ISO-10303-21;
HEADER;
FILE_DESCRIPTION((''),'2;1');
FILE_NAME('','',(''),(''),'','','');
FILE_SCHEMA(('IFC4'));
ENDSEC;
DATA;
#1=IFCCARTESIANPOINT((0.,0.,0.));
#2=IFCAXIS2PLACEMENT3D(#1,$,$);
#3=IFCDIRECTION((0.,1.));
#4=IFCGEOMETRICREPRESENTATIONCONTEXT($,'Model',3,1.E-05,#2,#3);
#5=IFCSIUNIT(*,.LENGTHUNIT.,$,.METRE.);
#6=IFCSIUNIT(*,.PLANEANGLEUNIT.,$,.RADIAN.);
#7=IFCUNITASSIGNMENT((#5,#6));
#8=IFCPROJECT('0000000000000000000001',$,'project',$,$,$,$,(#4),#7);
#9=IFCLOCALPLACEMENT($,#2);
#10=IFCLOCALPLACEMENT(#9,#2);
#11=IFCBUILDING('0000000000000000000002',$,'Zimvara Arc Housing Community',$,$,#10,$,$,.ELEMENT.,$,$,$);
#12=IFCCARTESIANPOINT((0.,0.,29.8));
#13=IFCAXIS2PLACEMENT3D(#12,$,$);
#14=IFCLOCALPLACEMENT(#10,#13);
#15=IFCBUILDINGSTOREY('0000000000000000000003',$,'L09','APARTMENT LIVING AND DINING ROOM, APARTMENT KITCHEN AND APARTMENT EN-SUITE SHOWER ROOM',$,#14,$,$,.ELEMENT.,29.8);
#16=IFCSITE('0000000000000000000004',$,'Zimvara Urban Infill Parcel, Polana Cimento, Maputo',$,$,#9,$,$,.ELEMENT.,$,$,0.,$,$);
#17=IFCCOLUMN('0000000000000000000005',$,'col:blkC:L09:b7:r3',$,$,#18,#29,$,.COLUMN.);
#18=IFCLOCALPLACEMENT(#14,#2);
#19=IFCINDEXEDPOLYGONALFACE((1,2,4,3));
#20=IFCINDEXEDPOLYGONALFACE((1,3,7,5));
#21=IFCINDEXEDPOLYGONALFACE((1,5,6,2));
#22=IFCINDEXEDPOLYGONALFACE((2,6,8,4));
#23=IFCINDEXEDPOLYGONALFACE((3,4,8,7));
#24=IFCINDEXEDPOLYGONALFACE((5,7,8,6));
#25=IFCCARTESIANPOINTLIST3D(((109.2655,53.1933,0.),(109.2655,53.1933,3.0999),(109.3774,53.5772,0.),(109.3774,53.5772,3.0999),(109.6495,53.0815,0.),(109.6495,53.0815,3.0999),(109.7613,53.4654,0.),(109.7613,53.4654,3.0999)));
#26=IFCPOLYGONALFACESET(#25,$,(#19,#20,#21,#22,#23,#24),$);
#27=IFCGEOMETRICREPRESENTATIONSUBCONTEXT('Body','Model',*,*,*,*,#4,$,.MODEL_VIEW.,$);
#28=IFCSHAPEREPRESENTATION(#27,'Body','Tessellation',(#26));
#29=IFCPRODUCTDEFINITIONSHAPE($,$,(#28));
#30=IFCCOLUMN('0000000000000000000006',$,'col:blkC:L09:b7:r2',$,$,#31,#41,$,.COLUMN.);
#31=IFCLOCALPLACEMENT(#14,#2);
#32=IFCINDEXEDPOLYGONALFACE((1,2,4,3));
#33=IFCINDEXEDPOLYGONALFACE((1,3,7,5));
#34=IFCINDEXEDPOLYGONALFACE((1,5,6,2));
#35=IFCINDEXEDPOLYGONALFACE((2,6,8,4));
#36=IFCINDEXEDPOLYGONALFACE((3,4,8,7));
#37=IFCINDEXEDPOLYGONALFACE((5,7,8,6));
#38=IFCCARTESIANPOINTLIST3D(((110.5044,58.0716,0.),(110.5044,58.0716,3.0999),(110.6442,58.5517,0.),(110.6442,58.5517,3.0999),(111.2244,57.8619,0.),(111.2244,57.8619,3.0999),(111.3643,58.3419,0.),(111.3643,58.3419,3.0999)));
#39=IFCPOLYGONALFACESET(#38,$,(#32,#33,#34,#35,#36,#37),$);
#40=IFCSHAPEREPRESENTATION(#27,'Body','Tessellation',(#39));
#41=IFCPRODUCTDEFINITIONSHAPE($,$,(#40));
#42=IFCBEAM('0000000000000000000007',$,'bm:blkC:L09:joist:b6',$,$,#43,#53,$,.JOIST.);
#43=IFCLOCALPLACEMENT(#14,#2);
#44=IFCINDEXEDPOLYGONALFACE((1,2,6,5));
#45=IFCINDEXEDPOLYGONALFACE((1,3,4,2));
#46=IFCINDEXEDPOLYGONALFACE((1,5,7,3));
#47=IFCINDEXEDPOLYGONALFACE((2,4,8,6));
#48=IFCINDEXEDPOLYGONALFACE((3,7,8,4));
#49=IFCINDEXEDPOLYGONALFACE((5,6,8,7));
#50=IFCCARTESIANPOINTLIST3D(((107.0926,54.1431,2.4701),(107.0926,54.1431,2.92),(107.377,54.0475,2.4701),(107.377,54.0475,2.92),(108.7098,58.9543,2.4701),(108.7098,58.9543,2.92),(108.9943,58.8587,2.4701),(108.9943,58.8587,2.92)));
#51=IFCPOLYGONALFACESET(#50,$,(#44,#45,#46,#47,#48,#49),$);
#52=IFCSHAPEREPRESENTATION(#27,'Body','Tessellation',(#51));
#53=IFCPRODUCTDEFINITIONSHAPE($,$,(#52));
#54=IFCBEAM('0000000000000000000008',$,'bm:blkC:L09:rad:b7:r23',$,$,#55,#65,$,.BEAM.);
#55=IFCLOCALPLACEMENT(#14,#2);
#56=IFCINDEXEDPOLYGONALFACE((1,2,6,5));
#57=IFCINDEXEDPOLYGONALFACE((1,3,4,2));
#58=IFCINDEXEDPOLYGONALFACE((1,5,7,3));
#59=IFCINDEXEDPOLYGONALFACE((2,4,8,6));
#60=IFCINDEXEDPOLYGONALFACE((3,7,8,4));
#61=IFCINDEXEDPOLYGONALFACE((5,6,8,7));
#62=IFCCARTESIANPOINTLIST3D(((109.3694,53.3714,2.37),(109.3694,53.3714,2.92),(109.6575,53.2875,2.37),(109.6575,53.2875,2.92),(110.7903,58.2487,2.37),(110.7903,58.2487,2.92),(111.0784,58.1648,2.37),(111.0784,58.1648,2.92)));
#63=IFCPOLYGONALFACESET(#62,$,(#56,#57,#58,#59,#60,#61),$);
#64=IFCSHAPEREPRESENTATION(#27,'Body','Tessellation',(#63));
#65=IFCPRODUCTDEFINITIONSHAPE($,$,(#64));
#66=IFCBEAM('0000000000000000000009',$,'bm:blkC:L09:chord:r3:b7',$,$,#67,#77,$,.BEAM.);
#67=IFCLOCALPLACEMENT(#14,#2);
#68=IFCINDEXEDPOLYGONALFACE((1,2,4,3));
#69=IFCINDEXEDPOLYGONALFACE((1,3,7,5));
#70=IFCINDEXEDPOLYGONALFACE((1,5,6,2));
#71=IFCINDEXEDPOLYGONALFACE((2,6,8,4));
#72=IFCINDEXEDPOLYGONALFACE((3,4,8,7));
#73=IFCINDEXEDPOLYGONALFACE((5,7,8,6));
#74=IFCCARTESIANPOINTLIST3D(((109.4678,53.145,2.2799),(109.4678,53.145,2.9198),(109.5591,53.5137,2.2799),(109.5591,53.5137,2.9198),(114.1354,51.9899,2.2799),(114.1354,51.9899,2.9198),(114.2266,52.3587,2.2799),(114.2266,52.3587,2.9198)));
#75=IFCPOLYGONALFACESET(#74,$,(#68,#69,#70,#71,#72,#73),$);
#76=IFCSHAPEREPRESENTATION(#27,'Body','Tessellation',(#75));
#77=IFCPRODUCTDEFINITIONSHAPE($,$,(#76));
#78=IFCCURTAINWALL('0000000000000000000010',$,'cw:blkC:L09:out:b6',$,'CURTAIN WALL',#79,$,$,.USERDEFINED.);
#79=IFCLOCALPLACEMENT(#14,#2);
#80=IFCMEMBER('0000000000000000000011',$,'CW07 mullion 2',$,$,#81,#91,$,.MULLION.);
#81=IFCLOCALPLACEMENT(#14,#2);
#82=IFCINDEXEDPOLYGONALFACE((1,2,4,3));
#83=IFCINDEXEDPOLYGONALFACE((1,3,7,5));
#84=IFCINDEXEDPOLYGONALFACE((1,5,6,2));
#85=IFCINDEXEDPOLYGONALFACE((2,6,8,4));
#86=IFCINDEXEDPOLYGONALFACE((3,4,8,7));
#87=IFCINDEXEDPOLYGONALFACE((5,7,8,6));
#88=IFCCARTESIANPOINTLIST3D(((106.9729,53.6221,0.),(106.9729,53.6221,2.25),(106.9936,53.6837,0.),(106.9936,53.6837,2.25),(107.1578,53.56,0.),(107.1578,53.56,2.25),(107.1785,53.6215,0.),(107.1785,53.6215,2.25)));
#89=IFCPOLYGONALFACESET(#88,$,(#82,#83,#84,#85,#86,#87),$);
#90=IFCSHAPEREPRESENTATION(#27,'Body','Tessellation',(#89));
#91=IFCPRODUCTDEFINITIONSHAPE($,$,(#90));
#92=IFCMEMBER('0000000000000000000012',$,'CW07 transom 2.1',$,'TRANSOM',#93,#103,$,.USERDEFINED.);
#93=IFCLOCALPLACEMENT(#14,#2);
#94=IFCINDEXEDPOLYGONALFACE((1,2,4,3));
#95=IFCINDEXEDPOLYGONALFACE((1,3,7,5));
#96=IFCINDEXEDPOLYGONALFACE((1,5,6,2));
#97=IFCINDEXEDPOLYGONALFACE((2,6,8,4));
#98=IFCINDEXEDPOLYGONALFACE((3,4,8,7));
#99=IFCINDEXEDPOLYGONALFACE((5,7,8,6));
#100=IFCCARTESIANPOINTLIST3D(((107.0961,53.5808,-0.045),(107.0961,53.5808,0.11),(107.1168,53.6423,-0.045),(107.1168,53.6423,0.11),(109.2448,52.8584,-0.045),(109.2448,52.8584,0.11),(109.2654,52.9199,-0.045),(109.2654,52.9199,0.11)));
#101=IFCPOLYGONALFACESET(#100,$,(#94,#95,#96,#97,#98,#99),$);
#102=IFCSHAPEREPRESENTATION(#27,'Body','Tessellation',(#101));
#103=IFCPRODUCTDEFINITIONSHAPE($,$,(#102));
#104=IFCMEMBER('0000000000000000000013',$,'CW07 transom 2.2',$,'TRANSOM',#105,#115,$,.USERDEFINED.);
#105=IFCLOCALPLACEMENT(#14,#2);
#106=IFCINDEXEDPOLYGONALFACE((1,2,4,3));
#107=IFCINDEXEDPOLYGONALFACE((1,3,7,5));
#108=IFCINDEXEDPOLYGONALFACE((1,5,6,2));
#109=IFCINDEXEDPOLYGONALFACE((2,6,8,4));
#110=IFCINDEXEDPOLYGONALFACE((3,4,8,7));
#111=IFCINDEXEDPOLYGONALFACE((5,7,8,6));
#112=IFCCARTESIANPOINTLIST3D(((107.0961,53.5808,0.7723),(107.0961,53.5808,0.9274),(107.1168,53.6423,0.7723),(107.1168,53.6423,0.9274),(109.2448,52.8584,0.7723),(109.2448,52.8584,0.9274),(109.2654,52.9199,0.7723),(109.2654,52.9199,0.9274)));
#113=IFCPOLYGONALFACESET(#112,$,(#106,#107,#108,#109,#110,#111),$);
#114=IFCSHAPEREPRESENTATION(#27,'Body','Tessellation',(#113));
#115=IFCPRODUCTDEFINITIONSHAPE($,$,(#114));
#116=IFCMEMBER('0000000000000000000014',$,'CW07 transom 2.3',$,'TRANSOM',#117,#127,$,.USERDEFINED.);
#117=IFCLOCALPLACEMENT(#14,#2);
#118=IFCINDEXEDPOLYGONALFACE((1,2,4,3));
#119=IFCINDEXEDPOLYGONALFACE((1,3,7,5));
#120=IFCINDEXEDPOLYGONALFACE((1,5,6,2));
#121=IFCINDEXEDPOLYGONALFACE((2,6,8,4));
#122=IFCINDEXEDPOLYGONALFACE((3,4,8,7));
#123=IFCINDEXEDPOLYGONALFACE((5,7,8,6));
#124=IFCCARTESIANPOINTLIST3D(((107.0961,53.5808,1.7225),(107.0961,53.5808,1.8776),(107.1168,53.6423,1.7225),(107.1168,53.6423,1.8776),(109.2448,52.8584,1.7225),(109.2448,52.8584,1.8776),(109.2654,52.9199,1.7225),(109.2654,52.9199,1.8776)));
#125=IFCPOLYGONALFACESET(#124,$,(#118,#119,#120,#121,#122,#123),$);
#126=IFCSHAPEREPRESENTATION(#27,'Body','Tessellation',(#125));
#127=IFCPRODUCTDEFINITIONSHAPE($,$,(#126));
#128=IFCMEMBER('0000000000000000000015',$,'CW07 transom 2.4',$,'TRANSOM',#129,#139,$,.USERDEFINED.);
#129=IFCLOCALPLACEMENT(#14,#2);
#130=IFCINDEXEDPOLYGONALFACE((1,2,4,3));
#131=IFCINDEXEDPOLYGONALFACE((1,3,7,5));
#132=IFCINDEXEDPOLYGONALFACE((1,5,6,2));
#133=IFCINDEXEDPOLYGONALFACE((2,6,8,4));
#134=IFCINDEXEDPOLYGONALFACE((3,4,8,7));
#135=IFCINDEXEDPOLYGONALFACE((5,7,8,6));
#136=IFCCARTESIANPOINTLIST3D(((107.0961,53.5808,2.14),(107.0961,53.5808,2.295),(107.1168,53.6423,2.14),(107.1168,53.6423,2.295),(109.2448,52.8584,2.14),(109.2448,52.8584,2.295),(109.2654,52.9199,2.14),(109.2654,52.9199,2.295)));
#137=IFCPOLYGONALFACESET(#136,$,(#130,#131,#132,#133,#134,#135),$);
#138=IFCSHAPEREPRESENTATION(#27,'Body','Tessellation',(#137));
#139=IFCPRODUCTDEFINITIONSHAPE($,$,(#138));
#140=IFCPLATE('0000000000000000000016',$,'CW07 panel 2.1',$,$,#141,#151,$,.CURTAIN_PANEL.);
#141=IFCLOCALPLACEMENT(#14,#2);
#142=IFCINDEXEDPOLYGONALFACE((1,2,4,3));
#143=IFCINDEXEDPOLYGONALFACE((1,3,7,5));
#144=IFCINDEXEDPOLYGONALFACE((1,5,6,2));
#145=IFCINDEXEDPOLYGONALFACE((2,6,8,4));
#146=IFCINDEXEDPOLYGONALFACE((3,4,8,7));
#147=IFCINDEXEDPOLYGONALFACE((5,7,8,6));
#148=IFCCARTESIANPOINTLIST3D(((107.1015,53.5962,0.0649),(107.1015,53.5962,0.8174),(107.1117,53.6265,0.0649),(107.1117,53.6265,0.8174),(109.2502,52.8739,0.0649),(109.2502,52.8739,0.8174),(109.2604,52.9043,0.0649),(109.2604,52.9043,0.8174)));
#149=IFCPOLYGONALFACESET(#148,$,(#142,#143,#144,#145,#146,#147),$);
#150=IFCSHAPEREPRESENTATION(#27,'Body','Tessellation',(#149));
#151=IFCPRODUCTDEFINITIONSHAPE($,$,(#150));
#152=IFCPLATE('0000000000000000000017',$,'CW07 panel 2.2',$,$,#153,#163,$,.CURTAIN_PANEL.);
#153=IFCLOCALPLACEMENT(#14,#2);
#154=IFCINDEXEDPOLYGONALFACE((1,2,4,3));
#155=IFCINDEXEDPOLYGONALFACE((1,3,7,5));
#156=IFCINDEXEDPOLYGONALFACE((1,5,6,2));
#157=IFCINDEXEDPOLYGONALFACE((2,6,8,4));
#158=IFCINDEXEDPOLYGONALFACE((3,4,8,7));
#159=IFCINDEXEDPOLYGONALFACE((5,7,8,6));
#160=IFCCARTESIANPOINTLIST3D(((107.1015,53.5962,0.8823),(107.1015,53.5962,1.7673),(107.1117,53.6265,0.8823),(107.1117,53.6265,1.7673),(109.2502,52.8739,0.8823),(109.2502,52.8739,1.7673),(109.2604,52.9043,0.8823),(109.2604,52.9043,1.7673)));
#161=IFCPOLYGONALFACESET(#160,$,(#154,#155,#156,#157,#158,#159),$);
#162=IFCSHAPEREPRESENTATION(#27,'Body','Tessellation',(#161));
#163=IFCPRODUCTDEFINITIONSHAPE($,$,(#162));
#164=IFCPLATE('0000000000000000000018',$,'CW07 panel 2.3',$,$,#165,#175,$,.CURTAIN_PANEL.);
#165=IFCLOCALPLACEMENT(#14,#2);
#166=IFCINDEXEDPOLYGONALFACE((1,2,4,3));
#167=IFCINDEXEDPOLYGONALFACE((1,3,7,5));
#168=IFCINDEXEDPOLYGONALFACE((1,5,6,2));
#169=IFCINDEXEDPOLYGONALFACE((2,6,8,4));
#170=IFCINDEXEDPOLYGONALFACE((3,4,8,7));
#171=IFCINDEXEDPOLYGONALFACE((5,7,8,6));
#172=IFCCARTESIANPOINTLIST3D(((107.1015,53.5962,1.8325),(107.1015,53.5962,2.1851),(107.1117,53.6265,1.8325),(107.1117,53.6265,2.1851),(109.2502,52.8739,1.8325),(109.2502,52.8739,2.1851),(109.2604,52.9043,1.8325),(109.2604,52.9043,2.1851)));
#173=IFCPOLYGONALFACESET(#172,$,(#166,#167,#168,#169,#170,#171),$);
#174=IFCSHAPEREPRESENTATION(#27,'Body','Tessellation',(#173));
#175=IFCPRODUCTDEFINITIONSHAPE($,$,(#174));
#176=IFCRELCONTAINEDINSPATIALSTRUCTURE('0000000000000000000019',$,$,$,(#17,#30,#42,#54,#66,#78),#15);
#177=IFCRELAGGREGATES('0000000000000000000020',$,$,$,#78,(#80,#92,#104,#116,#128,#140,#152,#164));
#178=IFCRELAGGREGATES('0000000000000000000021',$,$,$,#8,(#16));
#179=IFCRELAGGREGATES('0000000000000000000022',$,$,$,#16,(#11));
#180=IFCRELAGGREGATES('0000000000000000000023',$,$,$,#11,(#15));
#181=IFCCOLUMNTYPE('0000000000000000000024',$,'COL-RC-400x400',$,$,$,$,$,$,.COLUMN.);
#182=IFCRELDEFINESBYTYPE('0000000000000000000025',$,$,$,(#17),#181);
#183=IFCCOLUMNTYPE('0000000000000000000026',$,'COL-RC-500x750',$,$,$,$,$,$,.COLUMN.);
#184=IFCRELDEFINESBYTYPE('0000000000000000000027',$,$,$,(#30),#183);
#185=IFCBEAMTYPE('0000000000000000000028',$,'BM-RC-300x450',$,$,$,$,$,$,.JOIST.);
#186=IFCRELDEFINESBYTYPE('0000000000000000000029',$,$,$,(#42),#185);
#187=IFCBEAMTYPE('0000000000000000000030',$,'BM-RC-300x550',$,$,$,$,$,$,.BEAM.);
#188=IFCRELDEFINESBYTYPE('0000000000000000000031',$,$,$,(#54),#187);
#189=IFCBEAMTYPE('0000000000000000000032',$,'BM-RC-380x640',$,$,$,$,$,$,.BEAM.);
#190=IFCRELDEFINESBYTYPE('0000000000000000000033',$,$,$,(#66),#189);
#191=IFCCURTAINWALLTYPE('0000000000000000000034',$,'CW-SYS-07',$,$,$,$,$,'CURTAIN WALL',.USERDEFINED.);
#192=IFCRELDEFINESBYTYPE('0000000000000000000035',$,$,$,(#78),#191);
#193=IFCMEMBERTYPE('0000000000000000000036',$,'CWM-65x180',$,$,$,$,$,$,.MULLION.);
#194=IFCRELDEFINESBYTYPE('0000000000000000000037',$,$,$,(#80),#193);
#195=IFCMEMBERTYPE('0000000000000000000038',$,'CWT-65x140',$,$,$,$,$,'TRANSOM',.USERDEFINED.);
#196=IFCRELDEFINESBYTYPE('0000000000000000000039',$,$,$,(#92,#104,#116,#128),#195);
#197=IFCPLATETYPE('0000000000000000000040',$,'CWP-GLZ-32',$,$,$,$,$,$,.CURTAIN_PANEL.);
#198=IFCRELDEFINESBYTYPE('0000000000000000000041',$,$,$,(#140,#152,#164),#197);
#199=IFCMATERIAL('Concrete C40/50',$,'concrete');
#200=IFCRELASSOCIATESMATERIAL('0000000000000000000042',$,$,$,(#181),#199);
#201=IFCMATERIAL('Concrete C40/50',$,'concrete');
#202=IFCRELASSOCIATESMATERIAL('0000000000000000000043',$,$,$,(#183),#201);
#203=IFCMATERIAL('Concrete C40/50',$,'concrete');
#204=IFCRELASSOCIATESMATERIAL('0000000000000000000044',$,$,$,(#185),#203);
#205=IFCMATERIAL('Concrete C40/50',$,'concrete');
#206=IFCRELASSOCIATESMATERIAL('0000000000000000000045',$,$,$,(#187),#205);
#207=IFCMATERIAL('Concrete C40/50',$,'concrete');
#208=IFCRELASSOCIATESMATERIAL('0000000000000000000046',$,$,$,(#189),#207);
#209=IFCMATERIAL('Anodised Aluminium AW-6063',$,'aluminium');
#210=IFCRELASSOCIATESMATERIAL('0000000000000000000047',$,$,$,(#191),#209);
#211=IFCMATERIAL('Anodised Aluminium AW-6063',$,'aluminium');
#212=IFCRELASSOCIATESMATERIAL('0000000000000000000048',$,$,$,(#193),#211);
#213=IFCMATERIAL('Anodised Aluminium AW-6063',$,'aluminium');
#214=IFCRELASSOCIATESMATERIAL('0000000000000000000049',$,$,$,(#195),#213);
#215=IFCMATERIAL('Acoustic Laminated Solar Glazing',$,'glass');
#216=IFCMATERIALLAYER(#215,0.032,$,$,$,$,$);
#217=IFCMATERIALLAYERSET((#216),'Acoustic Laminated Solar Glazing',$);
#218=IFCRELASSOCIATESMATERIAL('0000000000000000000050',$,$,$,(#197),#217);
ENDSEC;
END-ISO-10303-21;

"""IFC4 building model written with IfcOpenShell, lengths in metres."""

from ifc_helpers import new_model, si_unit, direction, frame, origin, origin_2d, place, context, subcontext, project, spatial, rectangle, extrude, material, layer, layer_set, material_profile, profile_set, type_object, element, aggregate, save


model = new_model("IFC4")

# Units and contexts
model_context = context("Model", 3, precision=1e-05, world=origin(), true_north=direction((0.0, 1.0)))
body_context = subcontext(model_context, "Body", "Model", "MODEL_VIEW")
ifc_project = project(units=[si_unit("LENGTHUNIT", "METRE"), si_unit("PLANEANGLEUNIT", "RADIAN")], contexts=[model_context])

# Site, building, storey
site_placement = place(None, origin())
site = spatial("IfcSite", under=ifc_project, at=site_placement, Name="Zimvara Urban Infill Parcel, Polana Cimento, Maputo", CompositionType="ELEMENT", RefElevation=0.0)
building_placement = place(site_placement, origin())
building = spatial("IfcBuilding", under=site, at=building_placement, Name="Zimvara Arc Housing Community", CompositionType="ELEMENT")
storey_placement = place(building_placement, frame((0.0, 0.0, 29.8)))
storey = spatial("IfcBuildingStorey", under=building, at=storey_placement, Name="L09", Description="APARTMENT LIVING AND DINING ROOM, APARTMENT KITCHEN AND APARTMENT EN-SUITE SHOWER ROOM", CompositionType="ELEMENT", Elevation=29.8)

# Columns
ifc_material_1 = material(Name="Concrete C40/50", Category="concrete")
ifc_material_profile_1 = material_profile(ifc_material_1, rectangle(XDim=0.3999, YDim=0.3999, at=origin_2d()), Name="RC 400x400")
ifc_profile_set_1 = profile_set([ifc_material_profile_1], Name="Concrete C40/50")
column_type_1 = type_object("IfcColumnType", Name="COL-RC-400x400", PredefinedType="COLUMN", material=ifc_profile_set_1)
column_1_placement = place(storey_placement, frame((109.5134, 53.3293, 0.0), z_axis=(0.0, 0.0, 1.0), x_axis=(-0.279661, -0.960099, 0.0)))
element("IfcColumn", 1, at=column_1_placement, inside=storey, type_object=column_type_1, Name="col:blkC:L09:b7:r3", PredefinedType="COLUMN", context=body_context, shape_type="SweptSolid", body=[
    extrude(rectangle(XDim=0.3999, YDim=0.3999, at=origin_2d()), origin(), (0.0, 0.0, 1.0), 3.0999),
])
ifc_material_2 = material(Name="Concrete C40/50", Category="concrete")
ifc_material_profile_2 = material_profile(ifc_material_2, rectangle(XDim=0.5, YDim=0.75, at=origin_2d()), Name="RC 500x750")
ifc_profile_set_2 = profile_set([ifc_material_profile_2], Name="Concrete C40/50")
column_type_2 = type_object("IfcColumnType", Name="COL-RC-500x750", PredefinedType="COLUMN", material=ifc_profile_set_2)
column_2_placement = place(storey_placement, frame((110.9343, 58.2068, 0.0), z_axis=(0.0, 0.0, 1.0), x_axis=(-0.279661, -0.960099, 0.0)))
element("IfcColumn", 2, at=column_2_placement, inside=storey, type_object=column_type_2, Name="col:blkC:L09:b7:r2", PredefinedType="COLUMN", context=body_context, shape_type="SweptSolid", body=[
    extrude(rectangle(XDim=0.5, YDim=0.75, at=origin_2d()), origin(), (0.0, 0.0, 1.0), 3.0999),
])

# Beams
ifc_material_3 = material(Name="Concrete C40/50", Category="concrete")
ifc_material_profile_3 = material_profile(ifc_material_3, rectangle(XDim=0.3, YDim=0.45, at=origin_2d()), Name="RC 300x450")
ifc_profile_set_3 = profile_set([ifc_material_profile_3], Name="Concrete C40/50")
beam_type_1 = type_object("IfcBeamType", Name="BM-RC-300x450", PredefinedType="JOIST", material=ifc_profile_set_3)
beam_1_placement = place(storey_placement, frame((108.8521, 58.9065, 2.6951), z_axis=(-0.318622, -0.947882, 0.0), x_axis=(0.947882, -0.318622, 0.0)))
element("IfcBeam", 3, at=beam_1_placement, inside=storey, type_object=beam_type_1, Name="bm:blkC:L09:joist:b6", PredefinedType="JOIST", context=body_context, shape_type="SweptSolid", body=[
    extrude(rectangle(XDim=0.3, YDim=0.45, at=origin_2d()), origin(), (0.0, 0.0, 1.0), 5.0757),
])
ifc_material_4 = material(Name="Concrete C40/50", Category="concrete")
ifc_material_profile_4 = material_profile(ifc_material_4, rectangle(XDim=0.3, YDim=0.55, at=origin_2d()), Name="RC 300x550")
ifc_profile_set_4 = profile_set([ifc_material_profile_4], Name="Concrete C40/50")
beam_type_2 = type_object("IfcBeamType", Name="BM-RC-300x550", PredefinedType="BEAM", material=ifc_profile_set_4)
beam_2_placement = place(storey_placement, frame((110.9343, 58.2068, 2.645), z_axis=(-0.279694, -0.960089, 0.0), x_axis=(0.960089, -0.279694, 0.0)))
element("IfcBeam", 4, at=beam_2_placement, inside=storey, type_object=beam_type_2, Name="bm:blkC:L09:rad:b7:r23", PredefinedType="BEAM", context=body_context, shape_type="SweptSolid", body=[
    extrude(rectangle(XDim=0.3, YDim=0.55, at=origin_2d()), origin(), (0.0, 0.0, 1.0), 5.0801),
])
ifc_material_5 = material(Name="Concrete C40/50", Category="concrete")
ifc_material_profile_5 = material_profile(ifc_material_5, rectangle(XDim=0.3799, YDim=0.6399, at=origin_2d()), Name="RC 380x640")
ifc_profile_set_5 = profile_set([ifc_material_profile_5], Name="Concrete C40/50")
beam_type_3 = type_object("IfcBeamType", Name="BM-RC-380x640", PredefinedType="BEAM", material=ifc_profile_set_5)
beam_3_placement = place(storey_placement, frame((109.5134, 53.3293, 2.5999), z_axis=(0.970719, -0.240217, 0.0), x_axis=(0.240217, 0.970719, 0.0)))
element("IfcBeam", 5, at=beam_3_placement, inside=storey, type_object=beam_type_3, Name="bm:blkC:L09:chord:r3:b7", PredefinedType="BEAM", context=body_context, shape_type="SweptSolid", body=[
    extrude(rectangle(XDim=0.3799, YDim=0.6399, at=origin_2d()), origin(), (0.0, 0.0, 1.0), 4.8083),
])

# Curtain wall, members, plates
ifc_material_6 = material(Name="Anodised Aluminium AW-6063", Category="aluminium")
curtain_wall_type = type_object("IfcCurtainWallType", Name="CW-SYS-07", ElementType="CURTAIN WALL", PredefinedType="USERDEFINED", material=ifc_material_6)
curtain_wall_placement = place(storey_placement, origin())
curtain_wall = element("IfcCurtainWall", 6, at=curtain_wall_placement, inside=storey, type_object=curtain_wall_type, Name="cw:blkC:L09:out:b6", ObjectType="CURTAIN WALL", PredefinedType="USERDEFINED")
ifc_material_7 = material(Name="Anodised Aluminium AW-6063", Category="aluminium")
ifc_material_profile_6 = material_profile(ifc_material_7, rectangle(XDim=0.0649, YDim=0.1951, at=origin_2d()), Name="ALU 65x195")
ifc_profile_set_6 = profile_set([ifc_material_profile_6], Name="Anodised Aluminium AW-6063")
member_type_1 = type_object("IfcMemberType", Name="CWM-65x180", PredefinedType="MULLION", material=ifc_profile_set_6)
member_1_placement = place(storey_placement, frame((107.0757, 53.6218, 0.0), z_axis=(0.0, 0.0, 1.0), x_axis=(0.318629, 0.94788, 0.0)))
member_1 = element("IfcMember", 7, at=member_1_placement, type_object=member_type_1, Name="CW07 mullion 2", PredefinedType="MULLION", context=body_context, shape_type="SweptSolid", body=[
    extrude(rectangle(XDim=0.0649, YDim=0.1951, at=origin_2d()), origin(), (0.0, 0.0, 1.0), 2.25),
])
ifc_material_8 = material(Name="Anodised Aluminium AW-6063", Category="aluminium")
ifc_material_profile_7 = material_profile(ifc_material_8, rectangle(XDim=0.0649, YDim=0.155, at=origin_2d()), Name="ALU 65x155")
ifc_profile_set_7 = profile_set([ifc_material_profile_7], Name="Anodised Aluminium AW-6063")
member_type_2 = type_object("IfcMemberType", Name="CWT-65x140", ElementType="TRANSOM", PredefinedType="USERDEFINED", material=ifc_profile_set_7)
member_2_placement = place(storey_placement, frame((107.1064, 53.6116, 0.0325), z_axis=(0.947862, -0.318682, 0.0), x_axis=(0.318682, 0.947862, 0.0)))
member_2 = element("IfcMember", 8, at=member_2_placement, type_object=member_type_2, Name="CW07 transom 2.1", ObjectType="TRANSOM", PredefinedType="USERDEFINED", context=body_context, shape_type="SweptSolid", body=[
    extrude(rectangle(XDim=0.0649, YDim=0.155, at=origin_2d()), origin(), (0.0, 0.0, 1.0), 2.2668),
])
member_3_placement = place(storey_placement, frame((107.1064, 53.6116, 0.8499), z_axis=(0.947862, -0.318682, 0.0), x_axis=(0.318682, 0.947862, 0.0)))
member_3 = element("IfcMember", 9, at=member_3_placement, type_object=member_type_2, Name="CW07 transom 2.2", ObjectType="TRANSOM", PredefinedType="USERDEFINED", context=body_context, shape_type="SweptSolid", body=[
    extrude(rectangle(XDim=0.0649, YDim=0.155, at=origin_2d()), origin(), (0.0, 0.0, 1.0), 2.2668),
])
member_4_placement = place(storey_placement, frame((107.1064, 53.6116, 1.8), z_axis=(0.947862, -0.318682, 0.0), x_axis=(0.318682, 0.947862, 0.0)))
member_4 = element("IfcMember", 10, at=member_4_placement, type_object=member_type_2, Name="CW07 transom 2.3", ObjectType="TRANSOM", PredefinedType="USERDEFINED", context=body_context, shape_type="SweptSolid", body=[
    extrude(rectangle(XDim=0.0649, YDim=0.155, at=origin_2d()), origin(), (0.0, 0.0, 1.0), 2.2668),
])
member_5_placement = place(storey_placement, frame((107.1064, 53.6116, 2.2175), z_axis=(0.947862, -0.318682, 0.0), x_axis=(0.318682, 0.947862, 0.0)))
member_5 = element("IfcMember", 11, at=member_5_placement, type_object=member_type_2, Name="CW07 transom 2.4", ObjectType="TRANSOM", PredefinedType="USERDEFINED", context=body_context, shape_type="SweptSolid", body=[
    extrude(rectangle(XDim=0.0649, YDim=0.155, at=origin_2d()), origin(), (0.0, 0.0, 1.0), 2.2668),
])
ifc_material_9 = material(Name="Acoustic Laminated Solar Glazing", Category="glass")
ifc_layer_1 = layer(ifc_material_9, 0.032)
ifc_layer_set_1 = layer_set([ifc_layer_1], Name="Acoustic Laminated Solar Glazing")
plate_type = type_object("IfcPlateType", Name="CWP-GLZ-32", PredefinedType="CURTAIN_PANEL", material=ifc_layer_set_1)
plate_1_placement = place(storey_placement, frame((108.1809, 53.2502, 0.0649), z_axis=(0.0, 0.0, 1.0), x_axis=(0.94788, -0.318629, 0.0)))
plate_1 = element("IfcPlate", 12, at=plate_1_placement, type_object=plate_type, Name="CW07 panel 2.1", PredefinedType="CURTAIN_PANEL", context=body_context, shape_type="SweptSolid", body=[
    extrude(rectangle(XDim=2.2668, YDim=0.032, at=origin_2d()), origin(), (0.0, 0.0, 1.0), 0.7524),
])
plate_2_placement = place(storey_placement, frame((108.1809, 53.2502, 0.8823), z_axis=(0.0, 0.0, 1.0), x_axis=(0.94788, -0.318629, 0.0)))
plate_2 = element("IfcPlate", 13, at=plate_2_placement, type_object=plate_type, Name="CW07 panel 2.2", PredefinedType="CURTAIN_PANEL", context=body_context, shape_type="SweptSolid", body=[
    extrude(rectangle(XDim=2.2668, YDim=0.032, at=origin_2d()), origin(), (0.0, 0.0, 1.0), 0.885),
])
plate_3_placement = place(storey_placement, frame((108.1809, 53.2502, 1.8325), z_axis=(0.0, 0.0, 1.0), x_axis=(0.94788, -0.318629, 0.0)))
plate_3 = element("IfcPlate", 14, at=plate_3_placement, type_object=plate_type, Name="CW07 panel 2.3", PredefinedType="CURTAIN_PANEL", context=body_context, shape_type="SweptSolid", body=[
    extrude(rectangle(XDim=2.2668, YDim=0.032, at=origin_2d()), origin(), (0.0, 0.0, 1.0), 0.3525),
])
aggregate(curtain_wall, [member_1, member_2, member_3, member_4, member_5, plate_1, plate_2, plate_3])

save(model, "model.ifc")
